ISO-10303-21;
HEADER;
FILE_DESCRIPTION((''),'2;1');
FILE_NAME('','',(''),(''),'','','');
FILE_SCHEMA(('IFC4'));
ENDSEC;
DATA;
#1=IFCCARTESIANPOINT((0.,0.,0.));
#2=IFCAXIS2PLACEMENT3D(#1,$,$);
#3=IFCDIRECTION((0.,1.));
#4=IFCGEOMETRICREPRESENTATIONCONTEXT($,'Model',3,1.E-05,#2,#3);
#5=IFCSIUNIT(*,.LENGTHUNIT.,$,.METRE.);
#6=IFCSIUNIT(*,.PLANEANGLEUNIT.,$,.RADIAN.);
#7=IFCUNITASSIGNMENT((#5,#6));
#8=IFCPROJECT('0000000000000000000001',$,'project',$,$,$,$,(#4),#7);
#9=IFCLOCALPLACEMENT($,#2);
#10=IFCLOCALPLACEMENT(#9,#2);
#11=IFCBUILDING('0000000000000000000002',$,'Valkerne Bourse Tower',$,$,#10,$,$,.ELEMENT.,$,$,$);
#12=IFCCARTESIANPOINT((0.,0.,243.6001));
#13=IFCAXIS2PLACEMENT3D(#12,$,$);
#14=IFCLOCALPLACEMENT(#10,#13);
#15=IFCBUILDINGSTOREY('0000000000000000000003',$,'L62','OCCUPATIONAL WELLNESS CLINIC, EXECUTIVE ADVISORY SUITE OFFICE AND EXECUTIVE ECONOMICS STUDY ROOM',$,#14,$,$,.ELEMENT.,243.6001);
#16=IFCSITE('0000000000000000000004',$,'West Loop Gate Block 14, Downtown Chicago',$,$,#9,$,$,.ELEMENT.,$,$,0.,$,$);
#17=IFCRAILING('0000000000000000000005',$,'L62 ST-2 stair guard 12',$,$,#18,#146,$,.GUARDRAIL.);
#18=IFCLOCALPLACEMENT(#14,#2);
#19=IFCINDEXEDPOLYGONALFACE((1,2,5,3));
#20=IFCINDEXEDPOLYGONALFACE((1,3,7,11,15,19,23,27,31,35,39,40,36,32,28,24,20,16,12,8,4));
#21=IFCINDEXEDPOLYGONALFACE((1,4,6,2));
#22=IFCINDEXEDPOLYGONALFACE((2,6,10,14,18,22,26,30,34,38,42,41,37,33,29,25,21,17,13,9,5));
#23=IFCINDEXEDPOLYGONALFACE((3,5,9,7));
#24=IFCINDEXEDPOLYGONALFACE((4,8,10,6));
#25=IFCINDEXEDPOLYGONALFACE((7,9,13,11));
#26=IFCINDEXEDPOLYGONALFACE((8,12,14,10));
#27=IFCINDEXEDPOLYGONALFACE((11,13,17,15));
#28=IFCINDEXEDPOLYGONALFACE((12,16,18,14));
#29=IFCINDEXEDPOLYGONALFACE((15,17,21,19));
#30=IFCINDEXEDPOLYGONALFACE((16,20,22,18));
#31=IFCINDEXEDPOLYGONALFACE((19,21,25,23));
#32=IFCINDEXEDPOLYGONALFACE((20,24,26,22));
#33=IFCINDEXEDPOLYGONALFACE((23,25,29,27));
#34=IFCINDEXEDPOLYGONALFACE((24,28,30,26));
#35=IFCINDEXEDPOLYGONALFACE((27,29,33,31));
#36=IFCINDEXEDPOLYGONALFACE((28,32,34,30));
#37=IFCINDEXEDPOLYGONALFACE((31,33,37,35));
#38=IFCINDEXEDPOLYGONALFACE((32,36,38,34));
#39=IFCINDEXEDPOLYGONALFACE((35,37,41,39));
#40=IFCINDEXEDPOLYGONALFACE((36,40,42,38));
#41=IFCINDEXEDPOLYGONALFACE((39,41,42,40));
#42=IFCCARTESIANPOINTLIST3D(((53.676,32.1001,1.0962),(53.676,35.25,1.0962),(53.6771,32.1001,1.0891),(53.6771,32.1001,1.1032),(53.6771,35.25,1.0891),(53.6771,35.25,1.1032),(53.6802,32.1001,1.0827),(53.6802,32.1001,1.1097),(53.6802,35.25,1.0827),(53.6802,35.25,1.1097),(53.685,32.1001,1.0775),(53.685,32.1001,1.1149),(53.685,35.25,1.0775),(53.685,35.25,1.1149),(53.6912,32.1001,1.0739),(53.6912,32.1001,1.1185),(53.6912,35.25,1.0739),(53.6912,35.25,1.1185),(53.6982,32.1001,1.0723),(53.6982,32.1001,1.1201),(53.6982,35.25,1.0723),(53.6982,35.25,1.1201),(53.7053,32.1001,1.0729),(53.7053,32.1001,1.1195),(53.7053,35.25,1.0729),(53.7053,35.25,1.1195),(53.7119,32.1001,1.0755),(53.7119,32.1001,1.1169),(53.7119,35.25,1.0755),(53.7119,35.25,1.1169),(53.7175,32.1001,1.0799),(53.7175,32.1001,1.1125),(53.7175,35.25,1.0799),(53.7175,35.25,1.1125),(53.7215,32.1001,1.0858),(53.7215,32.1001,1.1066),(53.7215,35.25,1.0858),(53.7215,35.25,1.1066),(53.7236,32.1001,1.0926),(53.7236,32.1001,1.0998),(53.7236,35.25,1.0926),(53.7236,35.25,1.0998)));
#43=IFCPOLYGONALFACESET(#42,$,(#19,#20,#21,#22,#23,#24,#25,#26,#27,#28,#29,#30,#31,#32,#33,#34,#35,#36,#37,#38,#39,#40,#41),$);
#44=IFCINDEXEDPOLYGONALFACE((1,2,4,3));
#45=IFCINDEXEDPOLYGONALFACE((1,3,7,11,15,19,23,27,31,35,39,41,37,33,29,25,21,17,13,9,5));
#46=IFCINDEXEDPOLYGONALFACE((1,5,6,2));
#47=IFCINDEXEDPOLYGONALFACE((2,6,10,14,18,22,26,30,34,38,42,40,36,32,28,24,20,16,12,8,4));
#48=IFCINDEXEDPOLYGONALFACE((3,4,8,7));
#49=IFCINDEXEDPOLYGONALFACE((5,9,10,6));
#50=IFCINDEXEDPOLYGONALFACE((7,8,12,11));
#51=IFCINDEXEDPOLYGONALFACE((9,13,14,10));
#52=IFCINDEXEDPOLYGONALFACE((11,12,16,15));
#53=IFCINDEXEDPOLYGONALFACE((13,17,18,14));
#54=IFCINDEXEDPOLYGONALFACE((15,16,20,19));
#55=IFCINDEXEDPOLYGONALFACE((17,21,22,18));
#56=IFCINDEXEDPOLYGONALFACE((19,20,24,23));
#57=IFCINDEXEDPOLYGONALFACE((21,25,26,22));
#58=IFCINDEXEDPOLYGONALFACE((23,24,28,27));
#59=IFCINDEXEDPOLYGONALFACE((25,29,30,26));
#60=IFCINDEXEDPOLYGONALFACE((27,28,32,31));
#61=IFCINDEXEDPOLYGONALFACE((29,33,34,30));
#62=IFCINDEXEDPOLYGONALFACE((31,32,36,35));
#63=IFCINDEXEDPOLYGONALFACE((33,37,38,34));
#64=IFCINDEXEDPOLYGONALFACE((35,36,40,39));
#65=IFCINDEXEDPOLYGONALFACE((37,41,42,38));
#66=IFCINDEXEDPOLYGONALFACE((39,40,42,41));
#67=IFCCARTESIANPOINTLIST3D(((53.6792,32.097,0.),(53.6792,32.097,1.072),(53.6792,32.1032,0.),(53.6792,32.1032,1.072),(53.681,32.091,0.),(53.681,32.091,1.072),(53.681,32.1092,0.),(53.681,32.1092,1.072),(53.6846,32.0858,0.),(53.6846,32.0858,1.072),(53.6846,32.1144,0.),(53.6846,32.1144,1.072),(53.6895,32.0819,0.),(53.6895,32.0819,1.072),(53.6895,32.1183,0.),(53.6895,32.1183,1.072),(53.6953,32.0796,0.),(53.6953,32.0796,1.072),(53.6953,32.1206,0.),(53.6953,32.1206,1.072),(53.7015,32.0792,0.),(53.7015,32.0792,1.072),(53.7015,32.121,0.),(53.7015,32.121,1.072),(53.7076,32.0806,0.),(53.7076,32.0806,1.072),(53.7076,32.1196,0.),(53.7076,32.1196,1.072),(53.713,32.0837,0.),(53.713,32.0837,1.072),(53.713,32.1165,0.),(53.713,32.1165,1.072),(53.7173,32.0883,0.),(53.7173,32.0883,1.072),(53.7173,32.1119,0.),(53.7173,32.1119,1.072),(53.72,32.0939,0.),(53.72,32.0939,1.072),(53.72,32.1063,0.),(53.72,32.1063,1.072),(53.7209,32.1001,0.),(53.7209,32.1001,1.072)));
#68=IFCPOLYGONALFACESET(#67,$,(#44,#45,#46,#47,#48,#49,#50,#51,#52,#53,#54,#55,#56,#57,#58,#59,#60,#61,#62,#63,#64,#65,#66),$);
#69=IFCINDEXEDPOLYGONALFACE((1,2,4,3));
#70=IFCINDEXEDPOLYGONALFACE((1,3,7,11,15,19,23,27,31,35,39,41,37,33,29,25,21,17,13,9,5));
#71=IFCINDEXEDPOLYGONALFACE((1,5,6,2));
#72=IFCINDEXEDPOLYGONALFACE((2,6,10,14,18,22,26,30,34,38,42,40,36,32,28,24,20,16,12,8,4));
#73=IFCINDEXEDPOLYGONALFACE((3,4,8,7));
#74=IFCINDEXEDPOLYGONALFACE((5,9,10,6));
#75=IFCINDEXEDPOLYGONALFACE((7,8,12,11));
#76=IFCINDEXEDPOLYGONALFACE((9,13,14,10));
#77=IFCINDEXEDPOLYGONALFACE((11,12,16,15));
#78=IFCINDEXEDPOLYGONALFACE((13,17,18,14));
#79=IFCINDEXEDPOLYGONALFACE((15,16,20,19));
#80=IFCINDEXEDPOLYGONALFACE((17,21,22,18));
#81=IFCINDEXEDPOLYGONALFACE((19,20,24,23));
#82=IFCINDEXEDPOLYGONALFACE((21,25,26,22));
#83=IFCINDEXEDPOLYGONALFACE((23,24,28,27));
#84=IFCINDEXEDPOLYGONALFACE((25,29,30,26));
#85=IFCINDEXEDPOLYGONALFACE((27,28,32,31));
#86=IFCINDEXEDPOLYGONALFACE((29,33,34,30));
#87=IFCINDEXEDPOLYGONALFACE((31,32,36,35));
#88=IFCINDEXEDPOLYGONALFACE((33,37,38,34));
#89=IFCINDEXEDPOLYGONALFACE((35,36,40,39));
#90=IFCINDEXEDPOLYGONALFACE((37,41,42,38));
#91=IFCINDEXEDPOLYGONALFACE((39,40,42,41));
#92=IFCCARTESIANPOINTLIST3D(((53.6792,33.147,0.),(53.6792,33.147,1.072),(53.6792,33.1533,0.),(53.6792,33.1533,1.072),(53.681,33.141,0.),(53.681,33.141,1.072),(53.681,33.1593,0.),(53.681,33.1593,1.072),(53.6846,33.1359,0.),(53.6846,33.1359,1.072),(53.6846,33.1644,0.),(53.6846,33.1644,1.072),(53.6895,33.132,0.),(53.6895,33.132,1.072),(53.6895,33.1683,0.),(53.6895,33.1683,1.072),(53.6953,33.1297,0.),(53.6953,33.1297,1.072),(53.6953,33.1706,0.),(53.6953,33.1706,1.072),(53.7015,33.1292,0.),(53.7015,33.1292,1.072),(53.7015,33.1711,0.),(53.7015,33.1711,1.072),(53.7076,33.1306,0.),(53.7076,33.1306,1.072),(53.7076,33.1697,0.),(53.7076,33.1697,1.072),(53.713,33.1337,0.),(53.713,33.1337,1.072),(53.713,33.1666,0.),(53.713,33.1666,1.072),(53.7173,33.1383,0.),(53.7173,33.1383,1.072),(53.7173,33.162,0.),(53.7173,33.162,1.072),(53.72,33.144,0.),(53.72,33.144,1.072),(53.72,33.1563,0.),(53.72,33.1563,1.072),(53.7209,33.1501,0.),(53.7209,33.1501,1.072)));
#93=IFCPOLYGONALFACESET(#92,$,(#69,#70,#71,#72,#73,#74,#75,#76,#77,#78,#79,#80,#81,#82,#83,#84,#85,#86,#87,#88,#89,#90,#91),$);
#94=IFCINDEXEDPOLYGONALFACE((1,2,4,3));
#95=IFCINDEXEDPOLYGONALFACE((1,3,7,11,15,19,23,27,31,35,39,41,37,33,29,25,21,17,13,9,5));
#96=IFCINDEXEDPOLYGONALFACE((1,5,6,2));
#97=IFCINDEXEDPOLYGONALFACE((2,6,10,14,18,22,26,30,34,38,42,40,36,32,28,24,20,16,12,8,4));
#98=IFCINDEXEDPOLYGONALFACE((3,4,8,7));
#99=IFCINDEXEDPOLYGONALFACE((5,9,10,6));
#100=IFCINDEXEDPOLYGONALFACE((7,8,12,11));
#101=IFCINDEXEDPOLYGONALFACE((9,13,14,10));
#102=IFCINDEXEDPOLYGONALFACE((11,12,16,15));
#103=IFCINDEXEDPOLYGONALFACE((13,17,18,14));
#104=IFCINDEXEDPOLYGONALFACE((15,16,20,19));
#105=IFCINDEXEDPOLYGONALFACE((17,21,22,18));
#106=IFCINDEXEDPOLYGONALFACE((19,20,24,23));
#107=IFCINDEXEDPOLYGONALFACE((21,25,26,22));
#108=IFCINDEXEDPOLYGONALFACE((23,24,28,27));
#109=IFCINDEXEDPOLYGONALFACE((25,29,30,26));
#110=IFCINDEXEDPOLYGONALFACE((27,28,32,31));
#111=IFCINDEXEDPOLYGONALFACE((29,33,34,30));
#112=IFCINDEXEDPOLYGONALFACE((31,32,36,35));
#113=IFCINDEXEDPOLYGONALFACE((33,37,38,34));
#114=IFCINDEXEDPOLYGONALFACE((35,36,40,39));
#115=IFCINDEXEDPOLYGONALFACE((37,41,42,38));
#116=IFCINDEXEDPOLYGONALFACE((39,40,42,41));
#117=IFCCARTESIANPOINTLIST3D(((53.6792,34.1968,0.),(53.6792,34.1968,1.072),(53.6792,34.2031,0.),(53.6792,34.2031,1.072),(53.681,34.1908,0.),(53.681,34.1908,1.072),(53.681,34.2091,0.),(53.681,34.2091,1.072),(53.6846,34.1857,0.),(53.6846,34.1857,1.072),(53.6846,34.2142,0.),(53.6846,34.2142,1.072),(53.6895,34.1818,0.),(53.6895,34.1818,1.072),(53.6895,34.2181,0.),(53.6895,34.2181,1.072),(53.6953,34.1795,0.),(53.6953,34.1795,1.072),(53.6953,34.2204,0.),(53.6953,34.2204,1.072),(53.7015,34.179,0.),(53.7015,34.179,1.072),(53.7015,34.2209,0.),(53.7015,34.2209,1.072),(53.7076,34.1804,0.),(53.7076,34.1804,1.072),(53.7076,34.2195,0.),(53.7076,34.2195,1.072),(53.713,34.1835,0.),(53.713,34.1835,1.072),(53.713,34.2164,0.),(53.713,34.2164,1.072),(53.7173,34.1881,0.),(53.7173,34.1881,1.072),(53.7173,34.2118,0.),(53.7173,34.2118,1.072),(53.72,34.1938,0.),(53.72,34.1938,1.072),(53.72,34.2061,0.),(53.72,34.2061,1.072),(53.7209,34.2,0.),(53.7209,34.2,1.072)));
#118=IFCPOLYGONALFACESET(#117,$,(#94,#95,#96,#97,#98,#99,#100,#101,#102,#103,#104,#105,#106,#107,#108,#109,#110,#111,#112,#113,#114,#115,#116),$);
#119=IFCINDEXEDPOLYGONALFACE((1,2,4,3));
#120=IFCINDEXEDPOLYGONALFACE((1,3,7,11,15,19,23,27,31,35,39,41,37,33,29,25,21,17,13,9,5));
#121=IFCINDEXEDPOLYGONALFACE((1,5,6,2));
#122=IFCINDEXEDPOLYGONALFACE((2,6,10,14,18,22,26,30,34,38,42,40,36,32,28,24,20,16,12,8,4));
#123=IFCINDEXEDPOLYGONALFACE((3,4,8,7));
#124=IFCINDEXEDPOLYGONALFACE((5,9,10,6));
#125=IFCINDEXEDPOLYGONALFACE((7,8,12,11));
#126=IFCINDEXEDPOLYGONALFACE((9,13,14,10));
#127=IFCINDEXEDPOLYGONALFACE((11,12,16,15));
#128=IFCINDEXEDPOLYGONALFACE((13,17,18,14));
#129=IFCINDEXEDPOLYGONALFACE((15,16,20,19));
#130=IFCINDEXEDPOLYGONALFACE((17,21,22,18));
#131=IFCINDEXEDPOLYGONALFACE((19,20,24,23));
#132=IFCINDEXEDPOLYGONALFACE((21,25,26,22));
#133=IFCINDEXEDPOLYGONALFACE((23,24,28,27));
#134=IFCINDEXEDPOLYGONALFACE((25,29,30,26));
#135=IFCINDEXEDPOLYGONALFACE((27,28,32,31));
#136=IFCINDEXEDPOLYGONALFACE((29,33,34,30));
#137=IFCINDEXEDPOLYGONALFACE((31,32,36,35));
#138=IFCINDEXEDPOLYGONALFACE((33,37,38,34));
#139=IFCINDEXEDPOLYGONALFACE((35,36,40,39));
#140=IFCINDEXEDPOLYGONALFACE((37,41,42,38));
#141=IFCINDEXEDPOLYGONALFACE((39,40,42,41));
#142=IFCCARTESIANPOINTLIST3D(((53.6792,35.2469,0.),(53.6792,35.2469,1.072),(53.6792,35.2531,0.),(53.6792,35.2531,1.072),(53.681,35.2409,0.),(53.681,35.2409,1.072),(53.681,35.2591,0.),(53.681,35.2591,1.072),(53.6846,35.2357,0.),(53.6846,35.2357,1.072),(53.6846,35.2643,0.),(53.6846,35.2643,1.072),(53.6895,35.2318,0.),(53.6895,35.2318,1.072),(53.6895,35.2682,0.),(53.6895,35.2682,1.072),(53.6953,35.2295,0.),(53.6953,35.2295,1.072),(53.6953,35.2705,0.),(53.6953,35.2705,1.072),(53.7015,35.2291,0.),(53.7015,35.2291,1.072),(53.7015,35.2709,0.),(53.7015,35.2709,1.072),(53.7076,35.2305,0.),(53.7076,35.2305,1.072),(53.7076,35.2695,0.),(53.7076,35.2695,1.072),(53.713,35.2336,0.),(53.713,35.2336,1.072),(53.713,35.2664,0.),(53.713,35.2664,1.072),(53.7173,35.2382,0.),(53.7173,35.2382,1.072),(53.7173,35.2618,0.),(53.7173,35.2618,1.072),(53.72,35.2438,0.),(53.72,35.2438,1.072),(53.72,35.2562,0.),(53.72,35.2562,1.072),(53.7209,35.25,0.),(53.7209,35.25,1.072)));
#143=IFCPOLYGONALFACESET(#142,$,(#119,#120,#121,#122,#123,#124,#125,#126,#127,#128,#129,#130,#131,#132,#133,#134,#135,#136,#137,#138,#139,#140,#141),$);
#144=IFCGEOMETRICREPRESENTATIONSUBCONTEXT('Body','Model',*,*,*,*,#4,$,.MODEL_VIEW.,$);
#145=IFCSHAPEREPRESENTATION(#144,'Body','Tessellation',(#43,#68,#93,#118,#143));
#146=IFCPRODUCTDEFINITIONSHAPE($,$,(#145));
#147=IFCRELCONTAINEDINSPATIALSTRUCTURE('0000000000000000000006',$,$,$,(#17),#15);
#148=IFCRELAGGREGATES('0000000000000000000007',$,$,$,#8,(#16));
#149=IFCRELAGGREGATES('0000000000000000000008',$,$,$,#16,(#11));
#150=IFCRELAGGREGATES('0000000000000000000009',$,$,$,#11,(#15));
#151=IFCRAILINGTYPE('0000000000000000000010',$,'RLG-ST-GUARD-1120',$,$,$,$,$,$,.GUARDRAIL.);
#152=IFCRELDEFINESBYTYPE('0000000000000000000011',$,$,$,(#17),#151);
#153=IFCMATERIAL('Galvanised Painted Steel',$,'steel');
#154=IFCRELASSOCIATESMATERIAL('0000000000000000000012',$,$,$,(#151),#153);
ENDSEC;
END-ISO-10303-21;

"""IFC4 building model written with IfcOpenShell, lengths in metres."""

from ifc_helpers import new_model, si_unit, direction, frame, origin, origin_2d, place, context, subcontext, project, spatial, circle, extrude, material, type_object, element, save


model = new_model("IFC4")

# Units and contexts
model_context = context("Model", 3, precision=1e-05, world=origin(), true_north=direction((0.0, 1.0)))
body_context = subcontext(model_context, "Body", "Model", "MODEL_VIEW")
ifc_project = project(units=[si_unit("LENGTHUNIT", "METRE"), si_unit("PLANEANGLEUNIT", "RADIAN")], contexts=[model_context])

# Site, building, storey
site_placement = place(None, origin())
site = spatial("IfcSite", under=ifc_project, at=site_placement, Name="West Loop Gate Block 14, Downtown Chicago", CompositionType="ELEMENT", RefElevation=0.0)
building_placement = place(site_placement, origin())
building = spatial("IfcBuilding", under=site, at=building_placement, Name="Valkerne Bourse Tower", CompositionType="ELEMENT")
storey_placement = place(building_placement, frame((0.0, 0.0, 243.6001)))
storey = spatial("IfcBuildingStorey", under=building, at=storey_placement, Name="L62", Description="OCCUPATIONAL WELLNESS CLINIC, EXECUTIVE ADVISORY SUITE OFFICE AND EXECUTIVE ECONOMICS STUDY ROOM", CompositionType="ELEMENT", Elevation=243.6001)

# Railing
ifc_material_1 = material(Name="Galvanised Painted Steel", Category="steel")
railing_type = type_object("IfcRailingType", Name="RLG-ST-GUARD-1120", PredefinedType="GUARDRAIL", material=ifc_material_1)
railing_placement = place(storey_placement, frame((53.7, 32.1001, 0.0)))
element("IfcRailing", 1, at=railing_placement, inside=storey, type_object=railing_type, Name="L62 ST-2 stair guard 12", PredefinedType="GUARDRAIL", context=body_context, shape_type="SweptSolid", body=[
    extrude(circle(Radius=0.0239, at=origin_2d()), frame((0.0, 0.0, 1.0962), z_axis=(0.0, 1.0, 0.0), x_axis=(-1.0, 0.0, 0.0)), (0.0, 0.0, 1.0), 3.1499),
    extrude(circle(Radius=0.021, at=origin_2d()), origin(), (0.0, 0.0, 1.0), 1.072),
    extrude(circle(Radius=0.021, at=origin_2d()), frame((0.0, 1.05, 0.0)), (0.0, 0.0, 1.0), 1.072),
    extrude(circle(Radius=0.021, at=origin_2d()), frame((0.0, 2.0999, 0.0)), (0.0, 0.0, 1.0), 1.072),
    extrude(circle(Radius=0.021, at=origin_2d()), frame((0.0, 3.1499, 0.0)), (0.0, 0.0, 1.0), 1.072),
])

save(model, "model.ifc")
